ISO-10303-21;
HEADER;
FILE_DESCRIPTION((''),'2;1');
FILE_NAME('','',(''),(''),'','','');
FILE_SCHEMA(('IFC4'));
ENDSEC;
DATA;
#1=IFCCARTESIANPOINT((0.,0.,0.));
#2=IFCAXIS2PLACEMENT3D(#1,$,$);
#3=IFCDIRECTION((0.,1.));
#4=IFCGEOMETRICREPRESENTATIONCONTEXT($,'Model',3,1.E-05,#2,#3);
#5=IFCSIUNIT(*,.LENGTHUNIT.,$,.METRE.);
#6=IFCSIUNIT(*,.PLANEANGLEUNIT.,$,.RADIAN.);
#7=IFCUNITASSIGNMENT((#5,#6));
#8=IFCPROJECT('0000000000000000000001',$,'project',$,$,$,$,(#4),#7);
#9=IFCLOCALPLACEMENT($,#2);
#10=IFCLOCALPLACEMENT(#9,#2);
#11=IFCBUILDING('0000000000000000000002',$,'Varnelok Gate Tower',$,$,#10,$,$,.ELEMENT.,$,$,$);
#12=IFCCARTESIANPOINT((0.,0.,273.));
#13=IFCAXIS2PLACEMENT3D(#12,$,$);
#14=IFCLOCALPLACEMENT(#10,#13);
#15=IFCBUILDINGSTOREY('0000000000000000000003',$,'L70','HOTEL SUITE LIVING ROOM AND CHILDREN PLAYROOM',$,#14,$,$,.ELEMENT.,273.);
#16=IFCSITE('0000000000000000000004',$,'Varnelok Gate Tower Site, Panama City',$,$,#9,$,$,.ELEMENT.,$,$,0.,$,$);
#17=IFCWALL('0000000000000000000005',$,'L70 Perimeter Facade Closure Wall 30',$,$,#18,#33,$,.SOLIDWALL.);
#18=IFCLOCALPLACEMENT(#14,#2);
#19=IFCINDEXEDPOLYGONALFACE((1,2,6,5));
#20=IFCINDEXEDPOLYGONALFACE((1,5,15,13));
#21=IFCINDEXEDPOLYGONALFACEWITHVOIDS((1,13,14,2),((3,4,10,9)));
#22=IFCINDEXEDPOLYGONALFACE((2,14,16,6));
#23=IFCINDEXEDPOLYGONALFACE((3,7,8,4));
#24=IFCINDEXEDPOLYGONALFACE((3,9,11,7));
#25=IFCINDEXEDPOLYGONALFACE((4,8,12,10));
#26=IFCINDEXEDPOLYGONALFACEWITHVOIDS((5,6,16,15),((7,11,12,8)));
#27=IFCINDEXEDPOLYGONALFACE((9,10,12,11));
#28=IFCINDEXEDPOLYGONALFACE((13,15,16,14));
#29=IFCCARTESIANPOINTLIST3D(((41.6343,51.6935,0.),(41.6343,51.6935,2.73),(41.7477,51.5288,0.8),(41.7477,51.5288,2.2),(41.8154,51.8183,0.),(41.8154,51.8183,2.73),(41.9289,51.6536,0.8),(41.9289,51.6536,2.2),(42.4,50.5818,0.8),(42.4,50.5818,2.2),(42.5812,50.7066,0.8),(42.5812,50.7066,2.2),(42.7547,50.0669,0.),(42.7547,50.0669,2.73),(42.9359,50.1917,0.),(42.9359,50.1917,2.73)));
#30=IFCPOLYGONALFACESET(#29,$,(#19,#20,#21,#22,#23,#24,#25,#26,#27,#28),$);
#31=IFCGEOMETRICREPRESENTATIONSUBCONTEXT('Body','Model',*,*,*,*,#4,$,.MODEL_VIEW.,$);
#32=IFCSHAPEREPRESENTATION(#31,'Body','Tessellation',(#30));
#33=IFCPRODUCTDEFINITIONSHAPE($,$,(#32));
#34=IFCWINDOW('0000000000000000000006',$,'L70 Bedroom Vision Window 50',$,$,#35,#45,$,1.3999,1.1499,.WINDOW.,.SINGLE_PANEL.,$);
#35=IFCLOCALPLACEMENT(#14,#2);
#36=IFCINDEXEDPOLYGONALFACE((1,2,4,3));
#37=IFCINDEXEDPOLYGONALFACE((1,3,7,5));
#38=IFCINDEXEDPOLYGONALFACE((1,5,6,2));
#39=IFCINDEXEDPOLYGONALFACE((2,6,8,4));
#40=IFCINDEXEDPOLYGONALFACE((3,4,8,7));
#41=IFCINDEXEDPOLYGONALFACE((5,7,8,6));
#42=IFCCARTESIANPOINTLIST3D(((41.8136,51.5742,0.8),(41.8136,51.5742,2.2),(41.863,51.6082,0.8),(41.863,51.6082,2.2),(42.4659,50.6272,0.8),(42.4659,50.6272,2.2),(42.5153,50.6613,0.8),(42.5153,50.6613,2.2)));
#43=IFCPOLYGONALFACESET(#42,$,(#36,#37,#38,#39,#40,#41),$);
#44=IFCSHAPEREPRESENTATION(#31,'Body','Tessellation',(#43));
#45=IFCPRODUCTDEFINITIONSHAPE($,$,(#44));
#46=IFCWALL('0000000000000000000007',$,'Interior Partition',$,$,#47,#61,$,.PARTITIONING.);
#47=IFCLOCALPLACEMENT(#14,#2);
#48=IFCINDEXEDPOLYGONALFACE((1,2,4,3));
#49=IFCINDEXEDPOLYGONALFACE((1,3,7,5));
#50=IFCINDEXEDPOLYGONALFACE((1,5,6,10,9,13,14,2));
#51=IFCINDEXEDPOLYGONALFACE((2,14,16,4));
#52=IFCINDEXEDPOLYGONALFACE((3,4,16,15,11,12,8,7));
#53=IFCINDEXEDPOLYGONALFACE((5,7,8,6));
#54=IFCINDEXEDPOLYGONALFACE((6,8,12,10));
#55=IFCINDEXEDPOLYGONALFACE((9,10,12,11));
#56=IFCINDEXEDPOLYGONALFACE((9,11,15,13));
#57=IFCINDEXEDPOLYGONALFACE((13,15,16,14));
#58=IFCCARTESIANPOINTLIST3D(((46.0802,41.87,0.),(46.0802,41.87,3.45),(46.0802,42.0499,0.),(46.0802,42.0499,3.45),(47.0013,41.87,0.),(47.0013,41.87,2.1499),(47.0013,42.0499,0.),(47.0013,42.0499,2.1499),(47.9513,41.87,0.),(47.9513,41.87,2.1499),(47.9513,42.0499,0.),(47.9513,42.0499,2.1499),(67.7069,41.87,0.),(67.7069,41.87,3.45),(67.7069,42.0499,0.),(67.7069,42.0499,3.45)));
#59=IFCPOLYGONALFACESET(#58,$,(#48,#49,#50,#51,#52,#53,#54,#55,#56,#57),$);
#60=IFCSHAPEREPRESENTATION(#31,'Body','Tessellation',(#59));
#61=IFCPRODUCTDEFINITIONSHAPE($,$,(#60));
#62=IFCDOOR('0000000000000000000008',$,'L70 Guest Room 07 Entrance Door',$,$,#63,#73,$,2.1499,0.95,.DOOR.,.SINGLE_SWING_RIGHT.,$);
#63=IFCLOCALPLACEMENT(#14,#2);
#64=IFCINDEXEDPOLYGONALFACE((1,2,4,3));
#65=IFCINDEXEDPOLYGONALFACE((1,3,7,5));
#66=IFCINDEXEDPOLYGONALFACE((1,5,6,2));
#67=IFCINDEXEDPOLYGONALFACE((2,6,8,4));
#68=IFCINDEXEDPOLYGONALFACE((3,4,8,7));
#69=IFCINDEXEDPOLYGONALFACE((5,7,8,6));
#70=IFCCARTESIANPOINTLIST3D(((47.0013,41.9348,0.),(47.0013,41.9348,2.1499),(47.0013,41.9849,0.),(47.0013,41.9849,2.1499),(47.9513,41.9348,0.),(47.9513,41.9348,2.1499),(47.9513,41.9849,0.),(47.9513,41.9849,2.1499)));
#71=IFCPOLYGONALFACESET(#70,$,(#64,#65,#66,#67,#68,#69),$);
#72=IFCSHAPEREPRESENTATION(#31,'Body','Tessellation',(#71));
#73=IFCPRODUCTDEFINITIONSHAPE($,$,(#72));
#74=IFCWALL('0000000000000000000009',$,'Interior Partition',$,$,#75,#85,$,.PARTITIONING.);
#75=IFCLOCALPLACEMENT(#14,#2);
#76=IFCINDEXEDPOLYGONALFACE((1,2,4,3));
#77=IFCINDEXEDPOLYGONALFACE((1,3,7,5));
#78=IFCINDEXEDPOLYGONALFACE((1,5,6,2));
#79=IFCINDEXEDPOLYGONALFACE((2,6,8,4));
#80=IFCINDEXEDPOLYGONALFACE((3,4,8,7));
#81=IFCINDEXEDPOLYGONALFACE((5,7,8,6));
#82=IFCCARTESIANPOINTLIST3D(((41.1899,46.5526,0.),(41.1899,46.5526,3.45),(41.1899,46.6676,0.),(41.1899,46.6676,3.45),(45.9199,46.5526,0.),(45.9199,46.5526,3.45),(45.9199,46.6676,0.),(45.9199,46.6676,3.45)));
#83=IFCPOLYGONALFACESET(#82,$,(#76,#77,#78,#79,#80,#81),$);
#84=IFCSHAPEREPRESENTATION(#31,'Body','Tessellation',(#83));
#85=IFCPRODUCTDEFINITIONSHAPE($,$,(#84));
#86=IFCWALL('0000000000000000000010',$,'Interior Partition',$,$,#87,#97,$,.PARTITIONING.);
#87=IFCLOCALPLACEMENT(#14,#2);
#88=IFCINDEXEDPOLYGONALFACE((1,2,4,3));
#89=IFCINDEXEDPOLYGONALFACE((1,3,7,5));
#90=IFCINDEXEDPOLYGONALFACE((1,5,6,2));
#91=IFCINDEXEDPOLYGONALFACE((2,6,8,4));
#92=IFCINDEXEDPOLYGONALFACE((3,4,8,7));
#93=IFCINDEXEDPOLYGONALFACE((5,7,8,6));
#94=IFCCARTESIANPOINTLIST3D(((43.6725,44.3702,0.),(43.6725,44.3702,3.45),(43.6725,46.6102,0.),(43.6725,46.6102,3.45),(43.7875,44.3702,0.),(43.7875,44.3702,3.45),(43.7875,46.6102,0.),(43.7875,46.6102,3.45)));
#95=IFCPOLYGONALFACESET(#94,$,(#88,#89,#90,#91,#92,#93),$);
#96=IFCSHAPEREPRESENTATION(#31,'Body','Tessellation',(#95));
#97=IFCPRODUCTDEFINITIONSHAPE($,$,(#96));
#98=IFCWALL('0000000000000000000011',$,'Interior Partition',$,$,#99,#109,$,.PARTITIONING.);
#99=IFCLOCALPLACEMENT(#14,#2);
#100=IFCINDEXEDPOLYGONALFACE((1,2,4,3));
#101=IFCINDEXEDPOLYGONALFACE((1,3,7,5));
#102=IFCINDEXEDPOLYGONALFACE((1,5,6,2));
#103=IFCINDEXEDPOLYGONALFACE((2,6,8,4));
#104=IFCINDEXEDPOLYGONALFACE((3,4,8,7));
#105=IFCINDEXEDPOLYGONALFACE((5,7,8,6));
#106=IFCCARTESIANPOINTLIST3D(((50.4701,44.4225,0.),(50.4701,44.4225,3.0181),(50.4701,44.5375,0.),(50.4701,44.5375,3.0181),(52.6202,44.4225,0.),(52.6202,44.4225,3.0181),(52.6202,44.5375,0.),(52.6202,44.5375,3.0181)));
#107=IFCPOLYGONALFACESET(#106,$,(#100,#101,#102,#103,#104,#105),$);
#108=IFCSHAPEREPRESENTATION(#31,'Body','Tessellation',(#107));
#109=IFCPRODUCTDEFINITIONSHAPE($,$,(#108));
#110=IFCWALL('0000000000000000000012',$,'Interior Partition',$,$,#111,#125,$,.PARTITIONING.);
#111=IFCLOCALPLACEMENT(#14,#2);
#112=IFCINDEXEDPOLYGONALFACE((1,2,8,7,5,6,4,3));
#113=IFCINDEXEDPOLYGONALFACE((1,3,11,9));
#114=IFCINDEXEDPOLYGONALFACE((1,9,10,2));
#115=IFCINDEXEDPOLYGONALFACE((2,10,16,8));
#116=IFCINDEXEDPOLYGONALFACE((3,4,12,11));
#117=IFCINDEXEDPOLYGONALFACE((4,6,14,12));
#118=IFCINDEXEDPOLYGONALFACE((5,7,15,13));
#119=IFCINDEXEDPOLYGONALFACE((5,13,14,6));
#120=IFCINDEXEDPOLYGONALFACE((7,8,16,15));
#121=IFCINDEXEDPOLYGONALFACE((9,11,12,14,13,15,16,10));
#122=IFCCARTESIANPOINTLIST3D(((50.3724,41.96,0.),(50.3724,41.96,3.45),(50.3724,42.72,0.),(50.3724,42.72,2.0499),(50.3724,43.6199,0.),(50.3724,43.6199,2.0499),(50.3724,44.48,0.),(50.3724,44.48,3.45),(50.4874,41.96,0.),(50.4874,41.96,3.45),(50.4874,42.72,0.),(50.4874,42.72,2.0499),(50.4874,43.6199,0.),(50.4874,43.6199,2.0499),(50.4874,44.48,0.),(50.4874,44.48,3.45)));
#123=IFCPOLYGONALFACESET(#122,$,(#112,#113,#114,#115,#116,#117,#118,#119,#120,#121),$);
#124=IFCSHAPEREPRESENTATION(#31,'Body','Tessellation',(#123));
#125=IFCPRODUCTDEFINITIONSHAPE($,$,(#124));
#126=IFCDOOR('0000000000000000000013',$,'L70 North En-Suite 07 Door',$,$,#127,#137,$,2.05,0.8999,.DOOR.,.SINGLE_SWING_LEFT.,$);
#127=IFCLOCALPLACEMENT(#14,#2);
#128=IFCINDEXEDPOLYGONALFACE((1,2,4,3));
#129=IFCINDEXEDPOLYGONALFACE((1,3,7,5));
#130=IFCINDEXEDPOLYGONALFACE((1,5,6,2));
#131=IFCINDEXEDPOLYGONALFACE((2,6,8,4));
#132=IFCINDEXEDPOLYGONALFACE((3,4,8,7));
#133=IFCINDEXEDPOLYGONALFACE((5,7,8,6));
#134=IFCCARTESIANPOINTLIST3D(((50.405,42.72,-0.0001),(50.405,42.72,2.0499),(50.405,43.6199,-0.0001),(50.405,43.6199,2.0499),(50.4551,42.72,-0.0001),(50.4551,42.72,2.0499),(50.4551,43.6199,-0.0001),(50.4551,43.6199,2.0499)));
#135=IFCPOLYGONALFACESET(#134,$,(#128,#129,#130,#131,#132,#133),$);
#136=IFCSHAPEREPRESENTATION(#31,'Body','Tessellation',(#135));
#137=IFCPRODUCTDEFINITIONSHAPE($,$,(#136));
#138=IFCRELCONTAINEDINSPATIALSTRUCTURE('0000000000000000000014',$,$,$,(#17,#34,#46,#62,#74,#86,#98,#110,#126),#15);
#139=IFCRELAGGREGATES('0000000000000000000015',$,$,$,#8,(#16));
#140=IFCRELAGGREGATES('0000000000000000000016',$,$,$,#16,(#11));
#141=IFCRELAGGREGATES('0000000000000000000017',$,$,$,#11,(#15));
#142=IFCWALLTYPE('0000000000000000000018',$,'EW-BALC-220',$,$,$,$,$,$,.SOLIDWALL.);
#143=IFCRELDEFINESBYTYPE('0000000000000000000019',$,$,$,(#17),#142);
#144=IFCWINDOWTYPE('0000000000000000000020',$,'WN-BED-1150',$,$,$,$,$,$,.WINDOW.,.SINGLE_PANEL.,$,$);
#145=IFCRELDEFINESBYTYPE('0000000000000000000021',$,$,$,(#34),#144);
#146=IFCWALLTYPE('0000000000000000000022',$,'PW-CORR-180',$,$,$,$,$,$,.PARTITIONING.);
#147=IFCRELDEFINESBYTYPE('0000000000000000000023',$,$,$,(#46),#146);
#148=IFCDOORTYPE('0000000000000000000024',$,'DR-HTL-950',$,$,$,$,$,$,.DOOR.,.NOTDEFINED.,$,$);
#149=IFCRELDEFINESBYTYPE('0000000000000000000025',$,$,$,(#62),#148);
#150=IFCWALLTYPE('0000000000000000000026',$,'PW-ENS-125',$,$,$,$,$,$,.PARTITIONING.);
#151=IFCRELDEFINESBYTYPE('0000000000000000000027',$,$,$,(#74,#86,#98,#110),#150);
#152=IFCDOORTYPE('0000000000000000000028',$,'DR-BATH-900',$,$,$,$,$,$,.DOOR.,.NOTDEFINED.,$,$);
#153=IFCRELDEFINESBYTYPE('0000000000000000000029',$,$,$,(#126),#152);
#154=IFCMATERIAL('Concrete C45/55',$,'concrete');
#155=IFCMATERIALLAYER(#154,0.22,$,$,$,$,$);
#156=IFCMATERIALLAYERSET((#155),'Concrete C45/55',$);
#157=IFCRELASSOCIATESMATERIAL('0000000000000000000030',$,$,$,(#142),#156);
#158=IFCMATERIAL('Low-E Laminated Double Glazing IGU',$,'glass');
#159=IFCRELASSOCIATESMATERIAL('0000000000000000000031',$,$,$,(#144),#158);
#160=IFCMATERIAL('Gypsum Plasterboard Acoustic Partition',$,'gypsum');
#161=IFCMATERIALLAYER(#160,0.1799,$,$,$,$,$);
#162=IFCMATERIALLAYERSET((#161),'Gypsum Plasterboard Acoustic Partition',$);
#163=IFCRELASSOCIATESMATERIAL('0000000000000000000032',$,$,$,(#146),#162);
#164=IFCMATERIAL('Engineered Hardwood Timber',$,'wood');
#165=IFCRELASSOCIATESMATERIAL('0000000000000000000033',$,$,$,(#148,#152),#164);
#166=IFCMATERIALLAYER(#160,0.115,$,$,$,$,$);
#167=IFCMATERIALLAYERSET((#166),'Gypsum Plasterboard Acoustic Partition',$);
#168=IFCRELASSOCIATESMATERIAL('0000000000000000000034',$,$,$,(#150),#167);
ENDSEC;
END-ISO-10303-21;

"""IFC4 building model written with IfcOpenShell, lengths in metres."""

from ifc_helpers import new_model, si_unit, direction, frame, frame_2d, origin, place, context, subcontext, project, spatial, rectangle, extrude, material, layer, layer_set, type_object, element, fill, save


model = new_model("IFC4")

# Units and contexts
model_context = context("Model", 3, precision=1e-05, world=origin(), true_north=direction((0.0, 1.0)))
body_context = subcontext(model_context, "Body", "Model", "MODEL_VIEW")
ifc_project = project(units=[si_unit("LENGTHUNIT", "METRE"), si_unit("PLANEANGLEUNIT", "RADIAN")], contexts=[model_context])

# Site, building, storey
site_placement = place(None, origin())
site = spatial("IfcSite", under=ifc_project, at=site_placement, Name="Varnelok Gate Tower Site, Panama City", CompositionType="ELEMENT", RefElevation=0.0)
building_placement = place(site_placement, origin())
building = spatial("IfcBuilding", under=site, at=building_placement, Name="Varnelok Gate Tower", CompositionType="ELEMENT")
storey_placement = place(building_placement, frame((0.0, 0.0, 273.0)))
storey = spatial("IfcBuildingStorey", under=building, at=storey_placement, Name="L70", Description="HOTEL SUITE LIVING ROOM AND CHILDREN PLAYROOM", CompositionType="ELEMENT", Elevation=273.0)

# Shared definitions
ifc_material_1 = material(Name="Concrete C45/55", Category="concrete")
ifc_layer_1 = layer(ifc_material_1, 0.22)
ifc_layer_set_1 = layer_set([ifc_layer_1], Name="Concrete C45/55")
wall_type_1 = type_object("IfcWallType", Name="EW-BALC-220", PredefinedType="SOLIDWALL", material=ifc_layer_set_1)

# Wall, opening, window
ifc_material_2 = material(Name="Low-E Laminated Double Glazing IGU", Category="glass")
wall_1_placement = place(storey_placement, frame((41.7249, 51.7559, 0.0), z_axis=(0.0, 0.0, 1.0), x_axis=(0.567274, -0.823529, 0.0)))
wall_1 = element("IfcWall", 1, at=wall_1_placement, inside=storey, type_object=wall_type_1, Name="L70 Perimeter Facade Closure Wall 30", PredefinedType="SOLIDWALL", context=body_context, shape_type="SweptSolid", body=[
    extrude(rectangle(XDim=1.9751, YDim=0.22, at=frame_2d((0.9875, 0.0))), origin(), (0.0, 0.0, 1.0), 2.73),
])
opening_1_placement = place(wall_1_placement, frame((0.2, 0.0, 0.8)))
opening_1 = element("IfcOpeningElement", 2, at=opening_1_placement, cuts=wall_1, PredefinedType="OPENING", context=body_context, shape_type="SweptSolid", body=[
    extrude(rectangle(XDim=1.1499, YDim=1.3999, at=frame_2d((0.575, 0.7))), frame((0.0, 0.1199, 0.0), z_axis=(0.0, -1.0, 0.0), x_axis=(1.0, 0.0, 0.0)), (0.0, 0.0, 1.0), 0.24),
])
window_type_1 = type_object("IfcWindowType", Name="WN-BED-1150", PartitioningType="SINGLE_PANEL", PredefinedType="WINDOW", material=ifc_material_2)
window_1_placement = place(opening_1_placement, origin())
window_1 = element("IfcWindow", 3, at=window_1_placement, inside=storey, type_object=window_type_1, Name="L70 Bedroom Vision Window 50", OverallHeight=1.3999, OverallWidth=1.1499, PartitioningType="SINGLE_PANEL", PredefinedType="WINDOW", context=body_context, shape_type="SweptSolid", body=[
    extrude(rectangle(XDim=1.1499, YDim=1.3999, at=frame_2d((0.575, 0.7))), frame((0.0, 0.03, 0.0), z_axis=(0.0, -1.0, 0.0), x_axis=(1.0, 0.0, 0.0)), (0.0, 0.0, 1.0), 0.0601),
])
fill(opening_1, window_1)

# Wall, opening, door
ifc_material_3 = material(Name="Gypsum Plasterboard Acoustic Partition", Category="gypsum")
ifc_layer_2 = layer(ifc_material_3, 0.1799)
ifc_layer_set_2 = layer_set([ifc_layer_2], Name="Gypsum Plasterboard Acoustic Partition")
wall_type_2 = type_object("IfcWallType", Name="PW-CORR-180", PredefinedType="PARTITIONING", material=ifc_layer_set_2)
wall_2_placement = place(storey_placement, frame((46.0801, 41.96, 0.0), z_axis=(0.0, 0.0, 1.0), x_axis=(1.0, 0.0, 0.0)))
wall_2 = element("IfcWall", 4, at=wall_2_placement, inside=storey, type_object=wall_type_2, Name="Interior Partition", PredefinedType="PARTITIONING", context=body_context, shape_type="SweptSolid", body=[
    extrude(rectangle(XDim=21.6267, YDim=0.1799, at=frame_2d((10.8135, 0.0))), origin(), (0.0, 0.0, 1.0), 3.45),
])
opening_2_placement = place(wall_2_placement, frame((0.9211, 0.0, 0.0)))
opening_2 = element("IfcOpeningElement", 5, at=opening_2_placement, cuts=wall_2, PredefinedType="OPENING", context=body_context, shape_type="SweptSolid", body=[
    extrude(rectangle(XDim=0.95, YDim=2.1499, at=frame_2d((0.4751, 1.075))), frame((0.0, 0.0999, 0.0), z_axis=(0.0, -1.0, 0.0), x_axis=(1.0, 0.0, 0.0)), (0.0, 0.0, 1.0), 0.2),
])
ifc_material_4 = material(Name="Engineered Hardwood Timber", Category="wood")
door_type_1 = type_object("IfcDoorType", Name="DR-HTL-950", OperationType="NOTDEFINED", PredefinedType="DOOR", material=ifc_material_4)
door_1_placement = place(opening_2_placement, origin())
door_1 = element("IfcDoor", 6, at=door_1_placement, inside=storey, type_object=door_type_1, Name="L70 Guest Room 07 Entrance Door", OperationType="SINGLE_SWING_RIGHT", OverallHeight=2.1499, OverallWidth=0.95, PredefinedType="DOOR", context=body_context, shape_type="SweptSolid", body=[
    extrude(rectangle(XDim=0.95, YDim=2.1499, at=frame_2d((0.4751, 1.075))), frame((0.0, 0.0249, 0.0), z_axis=(0.0, -1.0, 0.0), x_axis=(1.0, 0.0, 0.0)), (0.0, 0.0, 1.0), 0.05),
])
fill(opening_2, door_1)

# Walls
ifc_layer_3 = layer(ifc_material_3, 0.115)
ifc_layer_set_3 = layer_set([ifc_layer_3], Name="Gypsum Plasterboard Acoustic Partition")
wall_type_3 = type_object("IfcWallType", Name="PW-ENS-125", PredefinedType="PARTITIONING", material=ifc_layer_set_3)
wall_3_placement = place(storey_placement, frame((41.1899, 46.6101, 0.0), z_axis=(0.0, 0.0, 1.0), x_axis=(1.0, 0.0, 0.0)))
element("IfcWall", 7, at=wall_3_placement, inside=storey, type_object=wall_type_3, Name="Interior Partition", PredefinedType="PARTITIONING", context=body_context, shape_type="SweptSolid", body=[
    extrude(rectangle(XDim=4.73, YDim=0.115, at=frame_2d((2.365, 0.0))), origin(), (0.0, 0.0, 1.0), 3.45),
])
wall_4_placement = place(storey_placement, frame((43.73, 44.3701, 0.0), z_axis=(0.0, 0.0, 1.0), x_axis=(0.0, 1.0, 0.0)))
element("IfcWall", 8, at=wall_4_placement, inside=storey, type_object=wall_type_3, Name="Interior Partition", PredefinedType="PARTITIONING", context=body_context, shape_type="SweptSolid", body=[
    extrude(rectangle(XDim=2.24, YDim=0.115, at=frame_2d((1.1201, 0.0))), origin(), (0.0, 0.0, 1.0), 3.45),
])
wall_5_placement = place(storey_placement, frame((50.47, 44.48, 0.0), z_axis=(0.0, 0.0, 1.0), x_axis=(1.0, 0.0, 0.0)))
element("IfcWall", 9, at=wall_5_placement, inside=storey, type_object=wall_type_3, Name="Interior Partition", PredefinedType="PARTITIONING", context=body_context, shape_type="SweptSolid", body=[
    extrude(rectangle(XDim=2.1501, YDim=0.115, at=frame_2d((1.0752, 0.0))), origin(), (0.0, 0.0, 1.0), 3.0181),
])

# Wall, opening, door
wall_6_placement = place(storey_placement, frame((50.4299, 41.96, 0.0), z_axis=(0.0, 0.0, 1.0), x_axis=(0.0, 1.0, 0.0)))
wall_6 = element("IfcWall", 10, at=wall_6_placement, inside=storey, type_object=wall_type_3, Name="Interior Partition", PredefinedType="PARTITIONING", context=body_context, shape_type="SweptSolid", body=[
    extrude(rectangle(XDim=2.52, YDim=0.115, at=frame_2d((1.26, 0.0))), origin(), (0.0, 0.0, 1.0), 3.45),
])
opening_3_placement = place(wall_6_placement, frame((0.76, 0.0, 0.0)))
opening_3 = element("IfcOpeningElement", 11, at=opening_3_placement, cuts=wall_6, PredefinedType="OPENING", context=body_context, shape_type="SweptSolid", body=[
    extrude(rectangle(XDim=0.8999, YDim=2.05, at=frame_2d((0.45, 1.0249))), frame((0.0, 0.0674, 0.0), z_axis=(0.0, -1.0, 0.0), x_axis=(1.0, 0.0, 0.0)), (0.0, 0.0, 1.0), 0.135),
])
door_type_2 = type_object("IfcDoorType", Name="DR-BATH-900", OperationType="NOTDEFINED", PredefinedType="DOOR", material=ifc_material_4)
door_2_placement = place(opening_3_placement, origin())
door_2 = element("IfcDoor", 12, at=door_2_placement, inside=storey, type_object=door_type_2, Name="L70 North En-Suite 07 Door", OperationType="SINGLE_SWING_LEFT", OverallHeight=2.05, OverallWidth=0.8999, PredefinedType="DOOR", context=body_context, shape_type="SweptSolid", body=[
    extrude(rectangle(XDim=0.8999, YDim=2.05, at=frame_2d((0.45, 1.0249))), frame((0.0, 0.0249, 0.0), z_axis=(0.0, -1.0, 0.0), x_axis=(1.0, 0.0, 0.0)), (0.0, 0.0, 1.0), 0.05),
])
fill(opening_3, door_2)

save(model, "model.ifc")
